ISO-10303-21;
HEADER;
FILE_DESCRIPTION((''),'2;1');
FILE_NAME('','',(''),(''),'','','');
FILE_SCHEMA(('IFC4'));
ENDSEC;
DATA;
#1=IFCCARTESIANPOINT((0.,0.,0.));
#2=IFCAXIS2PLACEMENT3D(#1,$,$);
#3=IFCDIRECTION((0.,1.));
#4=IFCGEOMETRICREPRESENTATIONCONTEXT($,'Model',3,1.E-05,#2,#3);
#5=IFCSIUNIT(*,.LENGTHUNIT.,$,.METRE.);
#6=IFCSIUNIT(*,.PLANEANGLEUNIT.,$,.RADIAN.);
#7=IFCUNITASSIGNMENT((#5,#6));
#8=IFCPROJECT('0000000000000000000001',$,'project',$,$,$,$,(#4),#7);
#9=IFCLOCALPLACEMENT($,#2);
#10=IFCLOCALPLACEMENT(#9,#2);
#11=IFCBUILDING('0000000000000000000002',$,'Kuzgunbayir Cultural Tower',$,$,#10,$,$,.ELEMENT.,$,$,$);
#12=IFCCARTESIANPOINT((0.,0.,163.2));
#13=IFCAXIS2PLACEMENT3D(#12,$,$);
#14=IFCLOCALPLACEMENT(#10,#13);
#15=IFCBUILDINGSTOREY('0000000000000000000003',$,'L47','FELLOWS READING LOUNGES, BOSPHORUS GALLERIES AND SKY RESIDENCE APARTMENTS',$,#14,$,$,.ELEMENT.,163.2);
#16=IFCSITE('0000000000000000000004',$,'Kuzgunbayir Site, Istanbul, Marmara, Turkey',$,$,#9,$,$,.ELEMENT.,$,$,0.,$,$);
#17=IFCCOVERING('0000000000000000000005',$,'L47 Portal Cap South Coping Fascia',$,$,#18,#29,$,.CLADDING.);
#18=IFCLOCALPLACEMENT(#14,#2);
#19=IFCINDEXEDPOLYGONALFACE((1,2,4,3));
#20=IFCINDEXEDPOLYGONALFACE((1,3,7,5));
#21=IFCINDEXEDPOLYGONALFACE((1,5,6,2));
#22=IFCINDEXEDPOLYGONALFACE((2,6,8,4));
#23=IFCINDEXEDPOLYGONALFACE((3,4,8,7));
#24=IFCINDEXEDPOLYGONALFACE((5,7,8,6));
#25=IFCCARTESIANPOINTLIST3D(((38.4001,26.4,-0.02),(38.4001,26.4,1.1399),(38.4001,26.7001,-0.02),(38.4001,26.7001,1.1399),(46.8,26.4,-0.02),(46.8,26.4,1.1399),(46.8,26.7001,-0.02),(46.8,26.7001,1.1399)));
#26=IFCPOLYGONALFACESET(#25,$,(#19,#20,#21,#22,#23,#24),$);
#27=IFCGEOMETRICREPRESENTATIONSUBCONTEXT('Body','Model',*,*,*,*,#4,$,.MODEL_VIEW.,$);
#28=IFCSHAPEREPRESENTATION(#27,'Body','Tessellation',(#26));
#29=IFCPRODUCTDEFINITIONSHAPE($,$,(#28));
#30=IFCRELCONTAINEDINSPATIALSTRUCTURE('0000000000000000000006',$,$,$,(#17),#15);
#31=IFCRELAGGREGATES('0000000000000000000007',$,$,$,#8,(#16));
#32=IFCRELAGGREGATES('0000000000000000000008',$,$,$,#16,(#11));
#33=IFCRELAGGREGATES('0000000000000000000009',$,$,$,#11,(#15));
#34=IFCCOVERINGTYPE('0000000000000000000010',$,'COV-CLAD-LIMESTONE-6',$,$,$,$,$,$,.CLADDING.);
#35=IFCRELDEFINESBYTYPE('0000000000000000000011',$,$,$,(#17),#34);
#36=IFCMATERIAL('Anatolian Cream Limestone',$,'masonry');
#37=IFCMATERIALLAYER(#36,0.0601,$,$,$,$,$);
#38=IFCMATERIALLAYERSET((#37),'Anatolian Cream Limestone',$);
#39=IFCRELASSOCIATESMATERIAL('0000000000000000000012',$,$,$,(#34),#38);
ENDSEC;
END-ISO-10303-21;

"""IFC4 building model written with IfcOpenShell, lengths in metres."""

from ifc_helpers import new_model, si_unit, direction, frame, origin, origin_2d, place, context, subcontext, project, spatial, rectangle, extrude, material, layer, layer_set, type_object, element, save


model = new_model("IFC4")

# Units and contexts
model_context = context("Model", 3, precision=1e-05, world=origin(), true_north=direction((0.0, 1.0)))
body_context = subcontext(model_context, "Body", "Model", "MODEL_VIEW")
ifc_project = project(units=[si_unit("LENGTHUNIT", "METRE"), si_unit("PLANEANGLEUNIT", "RADIAN")], contexts=[model_context])

# Site, building, storey
site_placement = place(None, origin())
site = spatial("IfcSite", under=ifc_project, at=site_placement, Name="Kuzgunbayir Site, Istanbul, Marmara, Turkey", CompositionType="ELEMENT", RefElevation=0.0)
building_placement = place(site_placement, origin())
building = spatial("IfcBuilding", under=site, at=building_placement, Name="Kuzgunbayir Cultural Tower", CompositionType="ELEMENT")
storey_placement = place(building_placement, frame((0.0, 0.0, 163.2)))
storey = spatial("IfcBuildingStorey", under=building, at=storey_placement, Name="L47", Description="FELLOWS READING LOUNGES, BOSPHORUS GALLERIES AND SKY RESIDENCE APARTMENTS", CompositionType="ELEMENT", Elevation=163.2)

# Shared definitions
ifc_material_1 = material(Name="Anatolian Cream Limestone", Category="masonry")

# Covering
ifc_layer_1 = layer(ifc_material_1, 0.0601)
ifc_layer_set_1 = layer_set([ifc_layer_1], Name="Anatolian Cream Limestone")
covering_type = type_object("IfcCoveringType", Name="COV-CLAD-LIMESTONE-6", PredefinedType="CLADDING", material=ifc_layer_set_1)
covering_placement = place(storey_placement, frame((42.6001, 26.55, -0.02), z_axis=(0.0, 0.0, 1.0), x_axis=(1.0, 0.0, 0.0)))
element("IfcCovering", 1, at=covering_placement, inside=storey, type_object=covering_type, Name="L47 Portal Cap South Coping Fascia", PredefinedType="CLADDING", context=body_context, shape_type="SweptSolid", body=[
    extrude(rectangle(XDim=8.3999, YDim=0.3, at=origin_2d()), origin(), (0.0, 0.0, 1.0), 1.1599),
])

save(model, "model.ifc")
